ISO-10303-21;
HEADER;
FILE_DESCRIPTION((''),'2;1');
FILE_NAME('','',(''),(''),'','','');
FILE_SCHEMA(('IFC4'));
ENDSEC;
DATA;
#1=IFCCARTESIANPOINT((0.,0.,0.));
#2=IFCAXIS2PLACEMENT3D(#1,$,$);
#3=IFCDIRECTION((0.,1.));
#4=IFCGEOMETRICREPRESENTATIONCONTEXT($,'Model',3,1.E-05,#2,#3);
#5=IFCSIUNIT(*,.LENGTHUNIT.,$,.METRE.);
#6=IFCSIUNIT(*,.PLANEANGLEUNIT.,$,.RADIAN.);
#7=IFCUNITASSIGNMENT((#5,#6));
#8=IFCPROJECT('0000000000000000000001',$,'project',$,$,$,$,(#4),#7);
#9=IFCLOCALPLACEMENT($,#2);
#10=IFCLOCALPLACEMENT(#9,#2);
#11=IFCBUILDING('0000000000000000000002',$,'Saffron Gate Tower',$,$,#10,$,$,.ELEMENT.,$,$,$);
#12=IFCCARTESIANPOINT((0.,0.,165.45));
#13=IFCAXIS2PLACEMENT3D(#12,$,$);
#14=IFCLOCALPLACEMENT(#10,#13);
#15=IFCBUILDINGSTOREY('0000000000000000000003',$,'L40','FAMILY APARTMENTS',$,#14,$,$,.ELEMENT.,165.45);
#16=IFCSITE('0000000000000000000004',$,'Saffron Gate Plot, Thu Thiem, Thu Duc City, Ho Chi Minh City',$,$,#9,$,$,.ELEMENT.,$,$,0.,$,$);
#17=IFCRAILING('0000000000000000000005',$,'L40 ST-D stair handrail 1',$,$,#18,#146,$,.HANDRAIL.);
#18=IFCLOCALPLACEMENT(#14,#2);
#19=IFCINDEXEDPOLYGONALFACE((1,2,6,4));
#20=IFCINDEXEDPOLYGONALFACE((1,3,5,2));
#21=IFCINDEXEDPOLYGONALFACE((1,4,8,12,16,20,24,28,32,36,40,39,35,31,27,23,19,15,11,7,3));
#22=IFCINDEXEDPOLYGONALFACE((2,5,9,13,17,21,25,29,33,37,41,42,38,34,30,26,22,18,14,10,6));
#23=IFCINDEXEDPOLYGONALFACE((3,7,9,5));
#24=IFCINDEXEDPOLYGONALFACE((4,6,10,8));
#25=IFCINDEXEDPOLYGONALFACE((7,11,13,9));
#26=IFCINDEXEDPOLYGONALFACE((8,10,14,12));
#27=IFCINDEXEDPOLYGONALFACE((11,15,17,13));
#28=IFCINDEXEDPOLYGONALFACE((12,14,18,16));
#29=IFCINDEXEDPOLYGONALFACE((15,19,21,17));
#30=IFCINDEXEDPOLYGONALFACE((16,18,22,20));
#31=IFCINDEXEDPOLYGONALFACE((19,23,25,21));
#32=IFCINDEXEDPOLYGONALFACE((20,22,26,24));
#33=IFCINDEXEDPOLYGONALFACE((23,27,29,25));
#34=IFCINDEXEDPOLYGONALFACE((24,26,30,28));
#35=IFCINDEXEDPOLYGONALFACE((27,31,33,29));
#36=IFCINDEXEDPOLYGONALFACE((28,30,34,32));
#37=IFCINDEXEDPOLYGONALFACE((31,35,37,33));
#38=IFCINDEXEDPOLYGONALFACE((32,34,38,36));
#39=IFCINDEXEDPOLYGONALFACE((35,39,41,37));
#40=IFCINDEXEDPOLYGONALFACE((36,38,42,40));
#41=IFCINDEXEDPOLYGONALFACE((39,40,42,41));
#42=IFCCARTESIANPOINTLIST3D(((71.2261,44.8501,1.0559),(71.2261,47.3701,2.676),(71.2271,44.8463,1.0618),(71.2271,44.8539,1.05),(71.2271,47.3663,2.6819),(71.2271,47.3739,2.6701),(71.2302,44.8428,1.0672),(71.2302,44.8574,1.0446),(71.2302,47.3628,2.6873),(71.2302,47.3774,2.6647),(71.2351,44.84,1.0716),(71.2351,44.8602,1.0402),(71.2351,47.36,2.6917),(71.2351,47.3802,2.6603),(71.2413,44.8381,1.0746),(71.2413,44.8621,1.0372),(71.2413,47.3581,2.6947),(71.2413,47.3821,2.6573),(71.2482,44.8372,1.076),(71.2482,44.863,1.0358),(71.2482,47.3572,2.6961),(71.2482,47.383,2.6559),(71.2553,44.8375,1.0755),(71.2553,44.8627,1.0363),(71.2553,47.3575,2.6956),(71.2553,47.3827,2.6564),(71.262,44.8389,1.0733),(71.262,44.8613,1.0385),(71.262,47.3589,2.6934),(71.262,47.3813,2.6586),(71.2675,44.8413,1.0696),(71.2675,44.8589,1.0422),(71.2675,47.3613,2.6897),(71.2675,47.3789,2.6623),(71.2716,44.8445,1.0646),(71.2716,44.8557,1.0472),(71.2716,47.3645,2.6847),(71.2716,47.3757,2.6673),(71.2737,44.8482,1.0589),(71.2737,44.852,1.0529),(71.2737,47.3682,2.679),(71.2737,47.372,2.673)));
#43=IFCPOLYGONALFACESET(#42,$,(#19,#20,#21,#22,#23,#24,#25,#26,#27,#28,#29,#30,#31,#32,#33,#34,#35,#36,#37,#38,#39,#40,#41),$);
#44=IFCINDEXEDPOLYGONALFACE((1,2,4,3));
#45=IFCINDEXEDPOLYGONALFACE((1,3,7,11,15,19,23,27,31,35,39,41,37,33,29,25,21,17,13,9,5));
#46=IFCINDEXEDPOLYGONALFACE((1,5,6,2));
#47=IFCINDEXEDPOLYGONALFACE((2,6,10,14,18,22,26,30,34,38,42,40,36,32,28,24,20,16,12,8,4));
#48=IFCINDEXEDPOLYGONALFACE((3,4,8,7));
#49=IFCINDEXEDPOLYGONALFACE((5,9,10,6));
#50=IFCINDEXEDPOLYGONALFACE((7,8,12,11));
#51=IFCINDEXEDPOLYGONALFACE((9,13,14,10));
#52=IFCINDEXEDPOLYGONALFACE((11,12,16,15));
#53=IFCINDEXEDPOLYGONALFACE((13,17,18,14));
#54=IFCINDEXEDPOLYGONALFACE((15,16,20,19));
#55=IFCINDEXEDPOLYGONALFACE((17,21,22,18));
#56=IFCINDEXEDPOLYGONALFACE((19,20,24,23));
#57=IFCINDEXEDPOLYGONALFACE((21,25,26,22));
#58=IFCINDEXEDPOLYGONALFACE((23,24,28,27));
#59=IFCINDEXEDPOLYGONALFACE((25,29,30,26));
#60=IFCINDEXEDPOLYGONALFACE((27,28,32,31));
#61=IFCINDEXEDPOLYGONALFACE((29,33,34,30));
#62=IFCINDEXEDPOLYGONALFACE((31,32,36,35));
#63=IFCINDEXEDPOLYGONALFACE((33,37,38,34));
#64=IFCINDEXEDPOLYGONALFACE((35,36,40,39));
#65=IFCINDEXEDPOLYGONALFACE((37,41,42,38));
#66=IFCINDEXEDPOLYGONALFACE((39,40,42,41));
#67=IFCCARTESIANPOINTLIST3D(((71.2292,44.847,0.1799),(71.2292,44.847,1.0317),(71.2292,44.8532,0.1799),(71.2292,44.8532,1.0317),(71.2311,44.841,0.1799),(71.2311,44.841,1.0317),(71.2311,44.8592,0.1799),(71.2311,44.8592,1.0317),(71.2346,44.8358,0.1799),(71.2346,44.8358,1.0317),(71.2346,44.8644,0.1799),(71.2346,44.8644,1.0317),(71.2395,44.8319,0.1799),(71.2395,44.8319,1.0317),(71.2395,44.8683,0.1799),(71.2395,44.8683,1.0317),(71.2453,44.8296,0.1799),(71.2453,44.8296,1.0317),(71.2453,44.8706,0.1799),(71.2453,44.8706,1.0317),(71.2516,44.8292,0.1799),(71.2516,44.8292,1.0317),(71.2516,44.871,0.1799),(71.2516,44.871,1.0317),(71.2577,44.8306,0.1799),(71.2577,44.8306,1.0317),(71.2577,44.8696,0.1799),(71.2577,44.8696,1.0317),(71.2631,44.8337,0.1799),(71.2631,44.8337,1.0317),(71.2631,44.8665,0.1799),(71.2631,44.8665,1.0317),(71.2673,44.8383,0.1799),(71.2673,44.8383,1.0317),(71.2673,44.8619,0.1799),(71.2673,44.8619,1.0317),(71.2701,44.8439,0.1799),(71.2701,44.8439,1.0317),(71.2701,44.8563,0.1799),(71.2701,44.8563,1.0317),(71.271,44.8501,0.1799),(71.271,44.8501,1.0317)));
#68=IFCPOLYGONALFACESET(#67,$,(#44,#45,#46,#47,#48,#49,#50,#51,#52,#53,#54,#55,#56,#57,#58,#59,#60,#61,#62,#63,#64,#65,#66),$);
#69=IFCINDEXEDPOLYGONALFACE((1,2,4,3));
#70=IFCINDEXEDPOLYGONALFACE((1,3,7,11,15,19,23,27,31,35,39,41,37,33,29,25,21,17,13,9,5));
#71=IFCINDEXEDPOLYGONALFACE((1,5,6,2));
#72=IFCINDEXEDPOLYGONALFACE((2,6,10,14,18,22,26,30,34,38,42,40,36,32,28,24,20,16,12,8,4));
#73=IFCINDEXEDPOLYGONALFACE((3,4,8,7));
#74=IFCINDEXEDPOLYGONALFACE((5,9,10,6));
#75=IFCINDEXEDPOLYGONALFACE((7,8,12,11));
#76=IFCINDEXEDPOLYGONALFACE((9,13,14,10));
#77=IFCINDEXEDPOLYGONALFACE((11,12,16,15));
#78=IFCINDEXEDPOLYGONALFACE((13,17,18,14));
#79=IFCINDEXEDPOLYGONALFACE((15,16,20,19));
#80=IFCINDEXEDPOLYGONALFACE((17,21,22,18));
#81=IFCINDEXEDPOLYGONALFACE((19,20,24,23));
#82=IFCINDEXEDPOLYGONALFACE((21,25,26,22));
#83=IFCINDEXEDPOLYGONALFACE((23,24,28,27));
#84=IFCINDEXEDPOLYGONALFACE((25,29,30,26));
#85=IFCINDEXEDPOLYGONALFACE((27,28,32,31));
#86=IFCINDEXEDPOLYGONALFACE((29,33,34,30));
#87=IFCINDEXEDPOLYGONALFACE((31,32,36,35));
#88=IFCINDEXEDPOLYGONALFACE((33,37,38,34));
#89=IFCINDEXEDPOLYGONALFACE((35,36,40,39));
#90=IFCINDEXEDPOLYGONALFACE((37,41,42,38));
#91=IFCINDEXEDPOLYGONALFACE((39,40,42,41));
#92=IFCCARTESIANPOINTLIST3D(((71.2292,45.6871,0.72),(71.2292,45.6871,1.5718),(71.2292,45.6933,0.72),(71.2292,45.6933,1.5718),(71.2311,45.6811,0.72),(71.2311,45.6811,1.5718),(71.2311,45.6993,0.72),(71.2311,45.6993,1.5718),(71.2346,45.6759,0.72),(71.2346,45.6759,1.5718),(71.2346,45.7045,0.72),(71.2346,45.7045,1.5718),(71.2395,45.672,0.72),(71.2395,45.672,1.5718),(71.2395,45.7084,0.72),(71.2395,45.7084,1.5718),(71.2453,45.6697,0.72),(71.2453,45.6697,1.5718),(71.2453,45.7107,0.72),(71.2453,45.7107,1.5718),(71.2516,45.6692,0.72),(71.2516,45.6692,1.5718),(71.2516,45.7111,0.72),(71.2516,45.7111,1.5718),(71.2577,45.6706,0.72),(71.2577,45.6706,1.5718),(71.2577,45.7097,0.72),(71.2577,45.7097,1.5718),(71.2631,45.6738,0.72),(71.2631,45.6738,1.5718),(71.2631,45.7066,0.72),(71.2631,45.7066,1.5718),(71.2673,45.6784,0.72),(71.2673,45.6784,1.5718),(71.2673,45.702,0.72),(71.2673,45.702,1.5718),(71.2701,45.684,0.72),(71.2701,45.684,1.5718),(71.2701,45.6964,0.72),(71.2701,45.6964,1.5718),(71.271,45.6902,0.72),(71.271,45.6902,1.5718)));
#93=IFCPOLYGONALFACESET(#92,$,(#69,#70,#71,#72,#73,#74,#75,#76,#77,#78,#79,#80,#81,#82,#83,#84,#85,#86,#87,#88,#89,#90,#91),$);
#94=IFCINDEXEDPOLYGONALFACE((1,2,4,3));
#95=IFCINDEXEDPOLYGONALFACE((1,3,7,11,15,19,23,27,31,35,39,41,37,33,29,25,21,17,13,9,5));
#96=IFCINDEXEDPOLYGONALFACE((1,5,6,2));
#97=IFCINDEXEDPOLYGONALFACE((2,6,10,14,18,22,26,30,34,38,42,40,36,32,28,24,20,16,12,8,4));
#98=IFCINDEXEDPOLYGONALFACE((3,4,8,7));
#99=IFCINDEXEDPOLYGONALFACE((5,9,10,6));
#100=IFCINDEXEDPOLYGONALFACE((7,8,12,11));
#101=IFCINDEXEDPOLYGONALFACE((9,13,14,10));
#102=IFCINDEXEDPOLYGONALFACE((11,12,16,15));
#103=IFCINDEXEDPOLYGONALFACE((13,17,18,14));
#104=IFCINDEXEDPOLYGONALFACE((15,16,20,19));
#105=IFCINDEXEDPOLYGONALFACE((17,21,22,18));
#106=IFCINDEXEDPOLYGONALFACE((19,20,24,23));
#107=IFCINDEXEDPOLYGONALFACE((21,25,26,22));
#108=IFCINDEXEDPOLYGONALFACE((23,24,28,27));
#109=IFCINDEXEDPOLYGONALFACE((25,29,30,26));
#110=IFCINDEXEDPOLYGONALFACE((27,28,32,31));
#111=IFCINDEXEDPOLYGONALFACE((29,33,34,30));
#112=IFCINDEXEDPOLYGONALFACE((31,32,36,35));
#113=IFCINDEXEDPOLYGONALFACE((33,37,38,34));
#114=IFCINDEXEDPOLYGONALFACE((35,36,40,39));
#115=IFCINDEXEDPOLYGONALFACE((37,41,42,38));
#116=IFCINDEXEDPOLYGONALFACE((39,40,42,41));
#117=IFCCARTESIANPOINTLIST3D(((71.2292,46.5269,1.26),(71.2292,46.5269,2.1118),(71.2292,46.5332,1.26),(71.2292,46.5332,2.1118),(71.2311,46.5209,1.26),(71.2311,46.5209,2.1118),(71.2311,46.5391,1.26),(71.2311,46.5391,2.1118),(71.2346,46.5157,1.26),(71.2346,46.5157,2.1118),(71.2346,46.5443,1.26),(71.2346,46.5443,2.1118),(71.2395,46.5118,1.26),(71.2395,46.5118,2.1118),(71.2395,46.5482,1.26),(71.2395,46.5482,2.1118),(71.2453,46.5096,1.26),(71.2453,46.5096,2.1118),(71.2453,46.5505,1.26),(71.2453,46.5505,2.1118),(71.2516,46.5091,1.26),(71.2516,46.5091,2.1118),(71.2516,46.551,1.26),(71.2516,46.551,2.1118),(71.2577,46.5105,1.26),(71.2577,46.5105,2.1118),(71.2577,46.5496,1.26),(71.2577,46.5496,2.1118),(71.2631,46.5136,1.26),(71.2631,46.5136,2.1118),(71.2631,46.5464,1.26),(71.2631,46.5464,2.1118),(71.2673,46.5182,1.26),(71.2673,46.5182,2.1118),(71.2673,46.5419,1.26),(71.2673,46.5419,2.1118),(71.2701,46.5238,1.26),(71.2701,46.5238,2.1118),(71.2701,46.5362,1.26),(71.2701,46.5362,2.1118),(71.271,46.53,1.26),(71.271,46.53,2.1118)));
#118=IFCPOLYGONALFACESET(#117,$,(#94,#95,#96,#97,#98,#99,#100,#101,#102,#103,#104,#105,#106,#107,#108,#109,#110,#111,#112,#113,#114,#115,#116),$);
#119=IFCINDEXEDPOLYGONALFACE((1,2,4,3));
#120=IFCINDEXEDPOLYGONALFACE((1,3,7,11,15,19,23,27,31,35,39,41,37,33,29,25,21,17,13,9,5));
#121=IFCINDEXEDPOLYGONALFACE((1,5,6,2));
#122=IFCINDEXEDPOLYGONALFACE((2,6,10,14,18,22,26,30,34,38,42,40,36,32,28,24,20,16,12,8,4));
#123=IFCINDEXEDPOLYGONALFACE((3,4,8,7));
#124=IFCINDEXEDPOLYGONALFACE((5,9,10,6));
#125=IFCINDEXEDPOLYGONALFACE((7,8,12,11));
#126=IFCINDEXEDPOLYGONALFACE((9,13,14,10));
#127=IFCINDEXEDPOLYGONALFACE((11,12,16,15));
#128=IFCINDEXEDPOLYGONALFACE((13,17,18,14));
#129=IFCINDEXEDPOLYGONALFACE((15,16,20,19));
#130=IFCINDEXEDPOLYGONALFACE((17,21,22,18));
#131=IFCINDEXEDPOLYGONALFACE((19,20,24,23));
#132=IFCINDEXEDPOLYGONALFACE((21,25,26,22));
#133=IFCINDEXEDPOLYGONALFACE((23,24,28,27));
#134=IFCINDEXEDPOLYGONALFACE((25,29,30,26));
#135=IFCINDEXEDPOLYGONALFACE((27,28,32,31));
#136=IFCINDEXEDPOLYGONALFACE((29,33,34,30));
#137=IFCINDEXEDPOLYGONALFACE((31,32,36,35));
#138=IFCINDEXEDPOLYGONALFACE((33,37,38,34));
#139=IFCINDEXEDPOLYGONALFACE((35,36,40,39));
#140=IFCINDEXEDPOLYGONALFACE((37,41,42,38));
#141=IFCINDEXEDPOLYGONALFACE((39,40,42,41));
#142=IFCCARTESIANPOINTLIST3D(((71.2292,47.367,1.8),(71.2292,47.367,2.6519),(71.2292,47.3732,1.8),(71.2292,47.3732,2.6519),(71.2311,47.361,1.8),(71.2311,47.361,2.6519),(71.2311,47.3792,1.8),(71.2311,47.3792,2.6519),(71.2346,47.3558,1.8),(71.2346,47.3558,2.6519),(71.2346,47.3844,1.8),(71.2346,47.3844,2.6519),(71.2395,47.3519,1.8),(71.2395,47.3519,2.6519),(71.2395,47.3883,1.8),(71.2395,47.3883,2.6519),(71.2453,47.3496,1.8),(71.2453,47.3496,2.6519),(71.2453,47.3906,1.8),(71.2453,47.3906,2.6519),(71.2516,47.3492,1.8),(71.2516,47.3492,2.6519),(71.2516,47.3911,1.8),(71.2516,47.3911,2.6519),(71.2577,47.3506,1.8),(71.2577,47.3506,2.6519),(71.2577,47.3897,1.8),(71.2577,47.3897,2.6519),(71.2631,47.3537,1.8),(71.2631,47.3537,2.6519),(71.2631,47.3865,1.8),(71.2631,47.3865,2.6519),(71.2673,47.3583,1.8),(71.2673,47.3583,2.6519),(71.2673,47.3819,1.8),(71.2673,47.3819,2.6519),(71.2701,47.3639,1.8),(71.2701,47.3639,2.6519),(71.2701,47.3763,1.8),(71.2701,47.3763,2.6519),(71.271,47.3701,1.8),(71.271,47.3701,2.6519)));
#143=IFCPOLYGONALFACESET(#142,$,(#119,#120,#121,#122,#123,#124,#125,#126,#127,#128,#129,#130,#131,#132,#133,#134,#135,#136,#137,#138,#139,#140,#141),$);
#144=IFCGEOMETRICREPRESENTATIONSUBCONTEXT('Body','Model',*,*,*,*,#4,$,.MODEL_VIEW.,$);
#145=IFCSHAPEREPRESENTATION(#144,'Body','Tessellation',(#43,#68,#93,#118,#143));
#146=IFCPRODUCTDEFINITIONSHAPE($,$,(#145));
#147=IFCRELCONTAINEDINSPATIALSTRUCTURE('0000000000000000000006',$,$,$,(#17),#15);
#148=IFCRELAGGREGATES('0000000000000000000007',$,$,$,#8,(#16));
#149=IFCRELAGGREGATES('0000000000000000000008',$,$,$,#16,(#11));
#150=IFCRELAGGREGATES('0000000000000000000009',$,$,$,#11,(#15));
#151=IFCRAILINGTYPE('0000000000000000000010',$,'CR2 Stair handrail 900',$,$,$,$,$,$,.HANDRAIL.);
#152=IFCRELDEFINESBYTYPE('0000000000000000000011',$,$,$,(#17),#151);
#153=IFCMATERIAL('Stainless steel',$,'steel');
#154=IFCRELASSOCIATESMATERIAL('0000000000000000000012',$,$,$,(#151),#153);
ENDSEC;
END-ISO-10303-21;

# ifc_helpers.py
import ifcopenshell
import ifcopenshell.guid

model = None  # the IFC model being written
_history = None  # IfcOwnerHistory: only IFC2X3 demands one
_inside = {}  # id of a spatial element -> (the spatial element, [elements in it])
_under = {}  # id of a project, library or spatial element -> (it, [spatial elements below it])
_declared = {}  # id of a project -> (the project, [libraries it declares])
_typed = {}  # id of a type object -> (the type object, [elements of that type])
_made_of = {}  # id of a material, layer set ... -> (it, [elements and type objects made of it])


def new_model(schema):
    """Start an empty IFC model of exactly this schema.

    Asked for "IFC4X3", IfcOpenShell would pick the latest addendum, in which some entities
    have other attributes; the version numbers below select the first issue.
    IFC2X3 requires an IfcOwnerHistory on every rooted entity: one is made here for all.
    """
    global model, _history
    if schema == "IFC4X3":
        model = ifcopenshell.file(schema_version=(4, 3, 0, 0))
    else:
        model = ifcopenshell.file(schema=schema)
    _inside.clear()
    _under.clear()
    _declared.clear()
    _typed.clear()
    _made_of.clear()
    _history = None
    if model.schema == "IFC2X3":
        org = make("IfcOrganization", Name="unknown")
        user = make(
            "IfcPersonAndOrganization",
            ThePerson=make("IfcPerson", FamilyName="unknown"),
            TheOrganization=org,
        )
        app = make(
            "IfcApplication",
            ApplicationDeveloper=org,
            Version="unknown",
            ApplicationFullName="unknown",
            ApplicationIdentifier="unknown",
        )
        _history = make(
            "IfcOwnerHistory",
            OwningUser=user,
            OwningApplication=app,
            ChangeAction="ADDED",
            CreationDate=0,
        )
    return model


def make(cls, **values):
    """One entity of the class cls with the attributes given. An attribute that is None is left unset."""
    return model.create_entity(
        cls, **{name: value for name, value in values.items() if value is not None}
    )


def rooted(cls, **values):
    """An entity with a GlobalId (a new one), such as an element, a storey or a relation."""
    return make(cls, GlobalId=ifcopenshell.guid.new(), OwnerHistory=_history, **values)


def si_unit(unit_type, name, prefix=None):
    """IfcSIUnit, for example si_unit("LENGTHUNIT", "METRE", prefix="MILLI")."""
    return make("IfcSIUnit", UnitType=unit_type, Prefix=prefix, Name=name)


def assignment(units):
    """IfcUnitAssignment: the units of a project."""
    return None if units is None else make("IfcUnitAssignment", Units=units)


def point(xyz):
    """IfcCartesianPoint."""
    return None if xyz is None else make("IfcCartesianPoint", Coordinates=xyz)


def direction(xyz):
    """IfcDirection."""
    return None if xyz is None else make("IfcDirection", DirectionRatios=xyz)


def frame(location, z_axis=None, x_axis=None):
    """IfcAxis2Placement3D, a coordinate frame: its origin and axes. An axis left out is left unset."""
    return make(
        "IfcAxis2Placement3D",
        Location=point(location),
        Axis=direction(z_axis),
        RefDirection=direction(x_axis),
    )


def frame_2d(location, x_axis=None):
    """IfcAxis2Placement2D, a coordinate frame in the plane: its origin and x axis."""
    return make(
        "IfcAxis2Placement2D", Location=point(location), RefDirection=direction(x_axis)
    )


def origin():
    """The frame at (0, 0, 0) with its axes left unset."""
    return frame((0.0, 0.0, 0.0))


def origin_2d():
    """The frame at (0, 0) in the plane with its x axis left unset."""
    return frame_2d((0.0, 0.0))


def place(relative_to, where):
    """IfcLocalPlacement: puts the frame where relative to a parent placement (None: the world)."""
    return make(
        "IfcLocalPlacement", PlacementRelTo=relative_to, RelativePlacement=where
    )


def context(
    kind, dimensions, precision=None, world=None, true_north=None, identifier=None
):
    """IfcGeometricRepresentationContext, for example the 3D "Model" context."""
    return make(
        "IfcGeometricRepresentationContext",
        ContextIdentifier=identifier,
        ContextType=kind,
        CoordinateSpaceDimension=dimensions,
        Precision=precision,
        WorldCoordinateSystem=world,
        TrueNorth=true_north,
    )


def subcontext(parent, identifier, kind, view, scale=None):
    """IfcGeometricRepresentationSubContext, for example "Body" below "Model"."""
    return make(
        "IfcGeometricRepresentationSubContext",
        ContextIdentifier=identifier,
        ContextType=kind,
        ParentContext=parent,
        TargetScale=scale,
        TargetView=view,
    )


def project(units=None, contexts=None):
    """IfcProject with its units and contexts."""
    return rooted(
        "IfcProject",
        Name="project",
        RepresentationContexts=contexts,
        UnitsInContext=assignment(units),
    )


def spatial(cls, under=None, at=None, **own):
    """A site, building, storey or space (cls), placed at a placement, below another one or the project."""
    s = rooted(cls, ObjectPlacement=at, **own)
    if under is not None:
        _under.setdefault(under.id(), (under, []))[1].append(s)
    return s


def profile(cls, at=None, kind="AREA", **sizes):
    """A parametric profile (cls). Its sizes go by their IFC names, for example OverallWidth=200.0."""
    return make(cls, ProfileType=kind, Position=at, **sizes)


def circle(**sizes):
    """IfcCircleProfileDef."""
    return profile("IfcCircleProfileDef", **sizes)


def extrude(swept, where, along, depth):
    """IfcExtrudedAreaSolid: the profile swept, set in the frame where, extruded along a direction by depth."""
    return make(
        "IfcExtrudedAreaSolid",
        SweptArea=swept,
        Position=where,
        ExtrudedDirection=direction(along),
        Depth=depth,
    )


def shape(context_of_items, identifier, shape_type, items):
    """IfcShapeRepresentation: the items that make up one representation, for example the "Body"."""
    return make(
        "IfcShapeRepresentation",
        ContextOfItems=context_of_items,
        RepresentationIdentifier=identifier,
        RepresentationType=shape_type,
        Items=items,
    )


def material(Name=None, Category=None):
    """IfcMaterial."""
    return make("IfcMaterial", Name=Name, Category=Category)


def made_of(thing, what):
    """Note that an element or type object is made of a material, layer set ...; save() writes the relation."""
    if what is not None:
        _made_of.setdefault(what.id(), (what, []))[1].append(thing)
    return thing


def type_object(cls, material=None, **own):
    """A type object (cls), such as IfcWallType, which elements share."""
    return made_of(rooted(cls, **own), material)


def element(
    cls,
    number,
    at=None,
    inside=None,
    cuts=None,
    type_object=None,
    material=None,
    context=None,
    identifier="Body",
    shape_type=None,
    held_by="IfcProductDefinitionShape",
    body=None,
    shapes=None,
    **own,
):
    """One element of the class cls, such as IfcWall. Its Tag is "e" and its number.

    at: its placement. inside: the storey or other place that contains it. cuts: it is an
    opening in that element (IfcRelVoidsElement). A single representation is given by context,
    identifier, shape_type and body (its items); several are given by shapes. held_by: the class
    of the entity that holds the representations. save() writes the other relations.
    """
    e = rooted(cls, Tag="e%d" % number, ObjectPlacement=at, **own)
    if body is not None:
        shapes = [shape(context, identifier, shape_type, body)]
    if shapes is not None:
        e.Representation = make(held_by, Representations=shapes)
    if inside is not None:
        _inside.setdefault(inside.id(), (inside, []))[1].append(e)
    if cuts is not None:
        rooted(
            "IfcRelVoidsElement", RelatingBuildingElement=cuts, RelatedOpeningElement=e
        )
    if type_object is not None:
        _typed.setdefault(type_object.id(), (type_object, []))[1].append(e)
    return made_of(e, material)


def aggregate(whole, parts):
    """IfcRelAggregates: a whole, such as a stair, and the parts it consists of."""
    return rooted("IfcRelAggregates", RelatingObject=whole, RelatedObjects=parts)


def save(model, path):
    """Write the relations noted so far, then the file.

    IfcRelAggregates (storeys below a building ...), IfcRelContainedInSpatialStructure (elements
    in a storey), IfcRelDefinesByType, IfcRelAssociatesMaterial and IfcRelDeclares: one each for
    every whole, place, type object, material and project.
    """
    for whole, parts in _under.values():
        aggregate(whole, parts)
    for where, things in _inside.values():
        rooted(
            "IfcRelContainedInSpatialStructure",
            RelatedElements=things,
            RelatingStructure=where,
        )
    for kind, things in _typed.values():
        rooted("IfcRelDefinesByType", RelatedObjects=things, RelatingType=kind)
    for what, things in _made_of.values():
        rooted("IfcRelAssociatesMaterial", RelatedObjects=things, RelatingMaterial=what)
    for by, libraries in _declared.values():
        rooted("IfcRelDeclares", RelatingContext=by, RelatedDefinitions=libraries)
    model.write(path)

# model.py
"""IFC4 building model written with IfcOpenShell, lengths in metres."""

from ifc_helpers import new_model, si_unit, direction, frame, origin, origin_2d, place, context, subcontext, project, spatial, circle, extrude, material, type_object, element, save


model = new_model("IFC4")

# Units and contexts
model_context = context("Model", 3, precision=1e-05, world=origin(), true_north=direction((0.0, 1.0)))
body_context = subcontext(model_context, "Body", "Model", "MODEL_VIEW")
ifc_project = project(units=[si_unit("LENGTHUNIT", "METRE"), si_unit("PLANEANGLEUNIT", "RADIAN")], contexts=[model_context])

# Site, building, storey
site_placement = place(None, origin())
site = spatial("IfcSite", under=ifc_project, at=site_placement, Name="Saffron Gate Plot, Thu Thiem, Thu Duc City, Ho Chi Minh City", CompositionType="ELEMENT", RefElevation=0.0)
building_placement = place(site_placement, origin())
building = spatial("IfcBuilding", under=site, at=building_placement, Name="Saffron Gate Tower", CompositionType="ELEMENT")
storey_placement = place(building_placement, frame((0.0, 0.0, 165.45)))
storey = spatial("IfcBuildingStorey", under=building, at=storey_placement, Name="L40", Description="FAMILY APARTMENTS", CompositionType="ELEMENT", Elevation=165.45)

# Railing
ifc_material_1 = material(Name="Stainless steel", Category="steel")
railing_type_1 = type_object("IfcRailingType", Name="CR2 Stair handrail 900", PredefinedType="HANDRAIL", material=ifc_material_1)
railing_1_placement = place(storey_placement, frame((71.25, 44.8501, 0.1799)))
element("IfcRailing", 1, at=railing_1_placement, inside=storey, type_object=railing_type_1, Name="L40 ST-D stair handrail 1", PredefinedType="HANDRAIL", context=body_context, shape_type="SweptSolid", body=[
    extrude(circle(Radius=0.0239, at=origin_2d()), frame((0.0, 0.0, 0.876), z_axis=(0.0, 0.841163, 0.540782), x_axis=(-1.0, 0.0, 0.0)), (0.0, 0.0, 1.0), 2.9958),
    extrude(circle(Radius=0.021, at=origin_2d()), origin(), (0.0, 0.0, 1.0), 0.8518),
    extrude(circle(Radius=0.021, at=origin_2d()), frame((0.0, 0.8401, 0.54)), (0.0, 0.0, 1.0), 0.8518),
    extrude(circle(Radius=0.021, at=origin_2d()), frame((0.0, 1.6799, 1.0801)), (0.0, 0.0, 1.0), 0.8518),
    extrude(circle(Radius=0.021, at=origin_2d()), frame((0.0, 2.52, 1.6201)), (0.0, 0.0, 1.0), 0.8518),
])

save(model, "model.ifc")
